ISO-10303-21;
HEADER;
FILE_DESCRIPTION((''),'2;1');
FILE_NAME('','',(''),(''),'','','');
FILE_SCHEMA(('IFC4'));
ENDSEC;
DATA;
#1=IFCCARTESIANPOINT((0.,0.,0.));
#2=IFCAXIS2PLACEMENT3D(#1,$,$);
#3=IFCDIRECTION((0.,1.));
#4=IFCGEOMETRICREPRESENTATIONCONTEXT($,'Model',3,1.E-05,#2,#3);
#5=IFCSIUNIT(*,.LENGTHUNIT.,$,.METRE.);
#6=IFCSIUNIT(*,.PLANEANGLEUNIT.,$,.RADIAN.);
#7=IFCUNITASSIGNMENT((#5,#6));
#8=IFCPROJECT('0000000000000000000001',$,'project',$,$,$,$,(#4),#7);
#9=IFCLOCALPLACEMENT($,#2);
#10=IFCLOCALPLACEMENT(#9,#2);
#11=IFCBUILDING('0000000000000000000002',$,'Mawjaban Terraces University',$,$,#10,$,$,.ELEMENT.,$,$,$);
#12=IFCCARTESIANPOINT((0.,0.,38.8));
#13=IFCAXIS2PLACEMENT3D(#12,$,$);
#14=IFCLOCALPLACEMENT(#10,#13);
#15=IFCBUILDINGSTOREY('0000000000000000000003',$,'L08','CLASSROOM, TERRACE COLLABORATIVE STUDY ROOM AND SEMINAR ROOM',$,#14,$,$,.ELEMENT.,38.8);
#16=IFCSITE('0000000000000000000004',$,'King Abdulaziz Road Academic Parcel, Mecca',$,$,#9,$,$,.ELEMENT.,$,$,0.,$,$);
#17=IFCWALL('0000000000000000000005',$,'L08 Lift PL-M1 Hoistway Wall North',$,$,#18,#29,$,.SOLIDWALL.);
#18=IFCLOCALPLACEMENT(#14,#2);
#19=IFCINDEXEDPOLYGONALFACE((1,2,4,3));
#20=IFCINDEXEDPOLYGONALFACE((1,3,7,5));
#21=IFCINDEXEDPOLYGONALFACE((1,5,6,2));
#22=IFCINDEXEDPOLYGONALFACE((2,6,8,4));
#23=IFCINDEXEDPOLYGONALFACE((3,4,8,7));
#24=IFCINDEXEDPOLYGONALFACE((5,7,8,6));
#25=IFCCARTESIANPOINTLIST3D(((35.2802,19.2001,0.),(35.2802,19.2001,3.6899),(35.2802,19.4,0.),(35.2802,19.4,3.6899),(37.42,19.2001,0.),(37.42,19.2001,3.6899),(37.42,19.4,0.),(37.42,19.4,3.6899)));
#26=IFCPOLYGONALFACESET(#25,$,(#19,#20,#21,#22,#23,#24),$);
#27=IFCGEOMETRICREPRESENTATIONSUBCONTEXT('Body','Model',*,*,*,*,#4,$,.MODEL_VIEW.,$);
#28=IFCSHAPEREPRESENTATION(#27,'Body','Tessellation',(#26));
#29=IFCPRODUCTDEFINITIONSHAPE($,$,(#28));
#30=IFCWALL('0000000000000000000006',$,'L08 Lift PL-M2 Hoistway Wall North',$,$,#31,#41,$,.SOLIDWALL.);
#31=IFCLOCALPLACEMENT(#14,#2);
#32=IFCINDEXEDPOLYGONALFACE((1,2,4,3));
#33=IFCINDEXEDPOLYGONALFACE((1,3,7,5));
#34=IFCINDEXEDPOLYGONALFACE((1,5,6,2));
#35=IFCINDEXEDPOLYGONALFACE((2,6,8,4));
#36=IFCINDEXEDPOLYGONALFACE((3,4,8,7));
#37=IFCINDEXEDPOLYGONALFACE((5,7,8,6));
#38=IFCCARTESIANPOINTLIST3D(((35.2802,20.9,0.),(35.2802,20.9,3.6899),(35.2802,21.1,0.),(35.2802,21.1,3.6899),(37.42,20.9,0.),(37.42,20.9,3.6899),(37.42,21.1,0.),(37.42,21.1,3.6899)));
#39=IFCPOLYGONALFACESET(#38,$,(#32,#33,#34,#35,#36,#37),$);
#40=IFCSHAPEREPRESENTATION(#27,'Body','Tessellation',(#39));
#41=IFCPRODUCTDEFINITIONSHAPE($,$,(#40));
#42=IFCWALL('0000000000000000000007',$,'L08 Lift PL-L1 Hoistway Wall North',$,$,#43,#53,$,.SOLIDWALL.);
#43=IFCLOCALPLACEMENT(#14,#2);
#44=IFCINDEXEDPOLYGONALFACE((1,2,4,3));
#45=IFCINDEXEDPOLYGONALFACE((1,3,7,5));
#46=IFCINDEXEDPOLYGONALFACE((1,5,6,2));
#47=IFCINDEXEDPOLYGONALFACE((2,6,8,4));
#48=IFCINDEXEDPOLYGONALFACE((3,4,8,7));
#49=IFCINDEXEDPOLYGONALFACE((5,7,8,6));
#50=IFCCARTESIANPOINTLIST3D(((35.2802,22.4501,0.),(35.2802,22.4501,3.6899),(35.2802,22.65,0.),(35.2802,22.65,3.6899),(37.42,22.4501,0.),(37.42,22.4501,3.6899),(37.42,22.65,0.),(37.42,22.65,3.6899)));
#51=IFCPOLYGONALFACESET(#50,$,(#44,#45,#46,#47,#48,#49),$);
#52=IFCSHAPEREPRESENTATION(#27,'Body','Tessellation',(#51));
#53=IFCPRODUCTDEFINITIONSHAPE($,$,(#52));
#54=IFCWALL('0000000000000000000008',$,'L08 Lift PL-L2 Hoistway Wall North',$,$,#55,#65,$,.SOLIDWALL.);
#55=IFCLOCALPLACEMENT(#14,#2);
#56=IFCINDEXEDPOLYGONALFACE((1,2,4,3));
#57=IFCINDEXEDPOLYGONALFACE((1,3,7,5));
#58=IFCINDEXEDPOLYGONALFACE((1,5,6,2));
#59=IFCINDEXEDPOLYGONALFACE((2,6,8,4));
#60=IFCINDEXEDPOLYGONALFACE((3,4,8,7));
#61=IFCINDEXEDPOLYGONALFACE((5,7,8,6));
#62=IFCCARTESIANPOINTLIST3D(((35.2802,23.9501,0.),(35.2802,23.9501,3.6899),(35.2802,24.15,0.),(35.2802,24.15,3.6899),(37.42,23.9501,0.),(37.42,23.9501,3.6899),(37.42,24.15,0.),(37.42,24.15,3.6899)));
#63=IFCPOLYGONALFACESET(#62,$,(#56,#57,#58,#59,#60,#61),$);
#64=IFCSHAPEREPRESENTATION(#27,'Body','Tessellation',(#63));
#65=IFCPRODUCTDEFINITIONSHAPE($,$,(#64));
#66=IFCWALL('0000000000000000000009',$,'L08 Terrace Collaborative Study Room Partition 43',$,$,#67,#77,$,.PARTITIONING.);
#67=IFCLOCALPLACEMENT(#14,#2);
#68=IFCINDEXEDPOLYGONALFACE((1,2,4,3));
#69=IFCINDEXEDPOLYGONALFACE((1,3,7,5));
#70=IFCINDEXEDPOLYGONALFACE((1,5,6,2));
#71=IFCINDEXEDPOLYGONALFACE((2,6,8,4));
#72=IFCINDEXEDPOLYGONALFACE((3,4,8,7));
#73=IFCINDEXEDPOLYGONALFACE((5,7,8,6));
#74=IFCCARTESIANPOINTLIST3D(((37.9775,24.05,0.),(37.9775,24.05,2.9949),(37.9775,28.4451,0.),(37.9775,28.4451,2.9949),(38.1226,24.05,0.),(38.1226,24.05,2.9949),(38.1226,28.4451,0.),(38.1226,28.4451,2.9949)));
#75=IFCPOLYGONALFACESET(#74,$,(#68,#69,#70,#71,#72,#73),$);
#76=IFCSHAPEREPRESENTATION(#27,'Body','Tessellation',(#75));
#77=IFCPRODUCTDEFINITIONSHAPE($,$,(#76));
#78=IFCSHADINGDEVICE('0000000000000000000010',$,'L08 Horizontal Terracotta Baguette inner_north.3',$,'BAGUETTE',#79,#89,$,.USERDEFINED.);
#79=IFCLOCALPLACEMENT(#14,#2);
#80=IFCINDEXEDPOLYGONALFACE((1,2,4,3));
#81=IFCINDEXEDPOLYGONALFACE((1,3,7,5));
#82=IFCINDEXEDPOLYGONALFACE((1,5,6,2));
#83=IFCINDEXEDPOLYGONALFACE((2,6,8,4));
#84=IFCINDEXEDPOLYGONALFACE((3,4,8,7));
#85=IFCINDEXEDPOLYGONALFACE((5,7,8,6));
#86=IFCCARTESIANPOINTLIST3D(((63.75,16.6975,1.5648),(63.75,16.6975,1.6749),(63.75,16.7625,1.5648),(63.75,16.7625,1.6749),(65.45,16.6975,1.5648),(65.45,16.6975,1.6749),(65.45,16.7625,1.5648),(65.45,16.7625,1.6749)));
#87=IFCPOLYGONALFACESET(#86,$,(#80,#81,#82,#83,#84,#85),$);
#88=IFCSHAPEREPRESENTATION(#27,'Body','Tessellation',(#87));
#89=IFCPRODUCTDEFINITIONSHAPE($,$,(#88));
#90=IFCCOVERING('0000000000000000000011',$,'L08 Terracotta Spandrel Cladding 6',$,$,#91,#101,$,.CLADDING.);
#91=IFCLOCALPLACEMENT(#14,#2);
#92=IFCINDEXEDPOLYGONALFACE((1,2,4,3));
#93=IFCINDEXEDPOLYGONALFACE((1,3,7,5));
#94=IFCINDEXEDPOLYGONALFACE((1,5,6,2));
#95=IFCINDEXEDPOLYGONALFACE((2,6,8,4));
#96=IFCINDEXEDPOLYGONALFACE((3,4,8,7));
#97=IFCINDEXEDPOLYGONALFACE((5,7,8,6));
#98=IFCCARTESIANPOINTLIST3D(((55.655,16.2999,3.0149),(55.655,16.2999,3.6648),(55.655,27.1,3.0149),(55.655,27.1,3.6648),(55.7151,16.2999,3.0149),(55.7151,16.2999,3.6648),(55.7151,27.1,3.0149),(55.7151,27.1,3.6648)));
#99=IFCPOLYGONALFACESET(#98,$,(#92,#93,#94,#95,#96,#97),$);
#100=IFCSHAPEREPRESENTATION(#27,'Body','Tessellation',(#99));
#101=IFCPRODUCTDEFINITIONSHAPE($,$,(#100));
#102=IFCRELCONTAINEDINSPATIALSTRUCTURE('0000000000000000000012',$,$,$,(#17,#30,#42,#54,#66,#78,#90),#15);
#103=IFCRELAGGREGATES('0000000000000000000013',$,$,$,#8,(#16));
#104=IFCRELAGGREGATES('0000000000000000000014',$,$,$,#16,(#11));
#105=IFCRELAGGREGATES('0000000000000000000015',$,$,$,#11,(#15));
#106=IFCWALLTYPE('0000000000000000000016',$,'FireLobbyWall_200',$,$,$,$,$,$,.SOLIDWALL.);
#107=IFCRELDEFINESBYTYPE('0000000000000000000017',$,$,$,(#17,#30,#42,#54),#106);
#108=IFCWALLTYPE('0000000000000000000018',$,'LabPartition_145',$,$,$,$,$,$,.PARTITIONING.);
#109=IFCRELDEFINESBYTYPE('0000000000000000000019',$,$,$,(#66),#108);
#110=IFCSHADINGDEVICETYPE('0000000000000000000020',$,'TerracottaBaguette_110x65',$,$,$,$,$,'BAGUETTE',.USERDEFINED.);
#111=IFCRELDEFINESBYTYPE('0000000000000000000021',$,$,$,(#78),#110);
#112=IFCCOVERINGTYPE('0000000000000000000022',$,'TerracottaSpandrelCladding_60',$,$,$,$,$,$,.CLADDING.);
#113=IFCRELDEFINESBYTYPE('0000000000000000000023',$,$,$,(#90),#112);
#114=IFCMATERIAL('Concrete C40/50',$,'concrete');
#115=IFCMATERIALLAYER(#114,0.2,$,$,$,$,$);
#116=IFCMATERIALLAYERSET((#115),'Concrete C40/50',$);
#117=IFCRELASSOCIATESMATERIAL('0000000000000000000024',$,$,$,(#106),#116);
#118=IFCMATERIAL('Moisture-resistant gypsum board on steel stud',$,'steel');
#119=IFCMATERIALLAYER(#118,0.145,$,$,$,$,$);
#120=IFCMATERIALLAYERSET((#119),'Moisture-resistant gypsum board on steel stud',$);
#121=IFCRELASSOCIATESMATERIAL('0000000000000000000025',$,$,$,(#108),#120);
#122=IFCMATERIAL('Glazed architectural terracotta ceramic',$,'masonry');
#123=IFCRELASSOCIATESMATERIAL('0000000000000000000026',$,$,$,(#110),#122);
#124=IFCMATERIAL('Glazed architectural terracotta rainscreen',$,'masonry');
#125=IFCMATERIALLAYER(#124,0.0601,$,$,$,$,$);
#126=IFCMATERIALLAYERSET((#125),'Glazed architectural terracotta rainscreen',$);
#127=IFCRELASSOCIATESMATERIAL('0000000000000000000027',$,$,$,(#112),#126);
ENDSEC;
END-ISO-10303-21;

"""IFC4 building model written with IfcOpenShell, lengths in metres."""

from ifc_helpers import new_model, si_unit, direction, frame, frame_2d, origin, origin_2d, place, context, subcontext, project, spatial, rectangle, extrude, material, layer, layer_set, material_profile, profile_set, type_object, element, save


model = new_model("IFC4")

# Units and contexts
model_context = context("Model", 3, precision=1e-05, world=origin(), true_north=direction((0.0, 1.0)))
body_context = subcontext(model_context, "Body", "Model", "MODEL_VIEW")
ifc_project = project(units=[si_unit("LENGTHUNIT", "METRE"), si_unit("PLANEANGLEUNIT", "RADIAN")], contexts=[model_context])

# Site, building, storey
site_placement = place(None, origin())
site = spatial("IfcSite", under=ifc_project, at=site_placement, Name="King Abdulaziz Road Academic Parcel, Mecca", CompositionType="ELEMENT", RefElevation=0.0)
building_placement = place(site_placement, origin())
building = spatial("IfcBuilding", under=site, at=building_placement, Name="Mawjaban Terraces University", CompositionType="ELEMENT")
storey_placement = place(building_placement, frame((0.0, 0.0, 38.8)))
storey = spatial("IfcBuildingStorey", under=building, at=storey_placement, Name="L08", Description="CLASSROOM, TERRACE COLLABORATIVE STUDY ROOM AND SEMINAR ROOM", CompositionType="ELEMENT", Elevation=38.8)

# Walls
ifc_material_1 = material(Name="Concrete C40/50", Category="concrete")
ifc_layer_1 = layer(ifc_material_1, 0.2)
ifc_layer_set_1 = layer_set([ifc_layer_1], Name="Concrete C40/50")
wall_type_1 = type_object("IfcWallType", Name="FireLobbyWall_200", PredefinedType="SOLIDWALL", material=ifc_layer_set_1)
for number, where, z_axis, x_axis, name in (
    (1, (37.4199, 19.3, 0.0), (0.0, 0.0, 1.0), (-1.0, 0.0, 0.0), "L08 Lift PL-M1 Hoistway Wall North"),
    (2, (37.4199, 21.0, 0.0), (0.0, 0.0, 1.0), (-1.0, 0.0, 0.0), "L08 Lift PL-M2 Hoistway Wall North"),
    (3, (37.4199, 22.55, 0.0), (0.0, 0.0, 1.0), (-1.0, 0.0, 0.0), "L08 Lift PL-L1 Hoistway Wall North"),
    (4, (37.4199, 24.05, 0.0), (0.0, 0.0, 1.0), (-1.0, 0.0, 0.0), "L08 Lift PL-L2 Hoistway Wall North"),
):
    element("IfcWall", number, at=place(storey_placement, frame(where, z_axis=z_axis, x_axis=x_axis)), inside=storey, type_object=wall_type_1, Name=name, PredefinedType="SOLIDWALL", context=body_context, shape_type="SweptSolid", body=[
        extrude(rectangle(XDim=2.1399, YDim=0.2, at=frame_2d((1.0698, 0.0))), origin(), (0.0, 0.0, 1.0), 3.6899),
    ])
ifc_material_2 = material(Name="Moisture-resistant gypsum board on steel stud", Category="steel")
ifc_layer_2 = layer(ifc_material_2, 0.145)
ifc_layer_set_2 = layer_set([ifc_layer_2], Name="Moisture-resistant gypsum board on steel stud")
wall_type_2 = type_object("IfcWallType", Name="LabPartition_145", PredefinedType="PARTITIONING", material=ifc_layer_set_2)
wall_1_placement = place(storey_placement, frame((38.05, 28.4451, 0.0), z_axis=(0.0, 0.0, 1.0), x_axis=(0.0, -1.0, 0.0)))
element("IfcWall", 5, at=wall_1_placement, inside=storey, type_object=wall_type_2, Name="L08 Terrace Collaborative Study Room Partition 43", PredefinedType="PARTITIONING", context=body_context, shape_type="SweptSolid", body=[
    extrude(rectangle(XDim=4.395, YDim=0.145, at=frame_2d((2.1975, 0.0))), origin(), (0.0, 0.0, 1.0), 2.9949),
])

# Shading device
ifc_material_3 = material(Name="Glazed architectural terracotta ceramic", Category="masonry")
ifc_material_profile_1 = material_profile(ifc_material_3, rectangle(XDim=0.0649, YDim=0.1101, at=origin_2d()), Name="TBAG110X65")
ifc_profile_set_1 = profile_set([ifc_material_profile_1], Name="Glazed architectural terracotta ceramic")
shading_device_type = type_object("IfcShadingDeviceType", Name="TerracottaBaguette_110x65", ElementType="BAGUETTE", PredefinedType="USERDEFINED", material=ifc_profile_set_1)
shading_device_placement = place(storey_placement, frame((63.75, 16.73, 1.6199), z_axis=(1.0, 0.0, 0.0), x_axis=(0.0, 1.0, 0.0)))
element("IfcShadingDevice", 6, at=shading_device_placement, inside=storey, type_object=shading_device_type, Name="L08 Horizontal Terracotta Baguette inner_north.3", ObjectType="BAGUETTE", PredefinedType="USERDEFINED", context=body_context, shape_type="SweptSolid", body=[
    extrude(rectangle(XDim=0.0649, YDim=0.1101, at=origin_2d()), origin(), (0.0, 0.0, 1.0), 1.7),
])

# Covering
ifc_material_4 = material(Name="Glazed architectural terracotta rainscreen", Category="masonry")
ifc_layer_3 = layer(ifc_material_4, 0.0601)
ifc_layer_set_3 = layer_set([ifc_layer_3], Name="Glazed architectural terracotta rainscreen")
covering_type = type_object("IfcCoveringType", Name="TerracottaSpandrelCladding_60", PredefinedType="CLADDING", material=ifc_layer_set_3)
covering_placement = place(storey_placement, frame((55.6851, 21.7, 3.0149), z_axis=(0.0, 0.0, 1.0), x_axis=(0.0, 1.0, 0.0)))
element("IfcCovering", 7, at=covering_placement, inside=storey, type_object=covering_type, Name="L08 Terracotta Spandrel Cladding 6", PredefinedType="CLADDING", context=body_context, shape_type="SweptSolid", body=[
    extrude(rectangle(XDim=10.8, YDim=0.0601, at=origin_2d()), origin(), (0.0, 0.0, 1.0), 0.6499),
])

save(model, "model.ifc")
